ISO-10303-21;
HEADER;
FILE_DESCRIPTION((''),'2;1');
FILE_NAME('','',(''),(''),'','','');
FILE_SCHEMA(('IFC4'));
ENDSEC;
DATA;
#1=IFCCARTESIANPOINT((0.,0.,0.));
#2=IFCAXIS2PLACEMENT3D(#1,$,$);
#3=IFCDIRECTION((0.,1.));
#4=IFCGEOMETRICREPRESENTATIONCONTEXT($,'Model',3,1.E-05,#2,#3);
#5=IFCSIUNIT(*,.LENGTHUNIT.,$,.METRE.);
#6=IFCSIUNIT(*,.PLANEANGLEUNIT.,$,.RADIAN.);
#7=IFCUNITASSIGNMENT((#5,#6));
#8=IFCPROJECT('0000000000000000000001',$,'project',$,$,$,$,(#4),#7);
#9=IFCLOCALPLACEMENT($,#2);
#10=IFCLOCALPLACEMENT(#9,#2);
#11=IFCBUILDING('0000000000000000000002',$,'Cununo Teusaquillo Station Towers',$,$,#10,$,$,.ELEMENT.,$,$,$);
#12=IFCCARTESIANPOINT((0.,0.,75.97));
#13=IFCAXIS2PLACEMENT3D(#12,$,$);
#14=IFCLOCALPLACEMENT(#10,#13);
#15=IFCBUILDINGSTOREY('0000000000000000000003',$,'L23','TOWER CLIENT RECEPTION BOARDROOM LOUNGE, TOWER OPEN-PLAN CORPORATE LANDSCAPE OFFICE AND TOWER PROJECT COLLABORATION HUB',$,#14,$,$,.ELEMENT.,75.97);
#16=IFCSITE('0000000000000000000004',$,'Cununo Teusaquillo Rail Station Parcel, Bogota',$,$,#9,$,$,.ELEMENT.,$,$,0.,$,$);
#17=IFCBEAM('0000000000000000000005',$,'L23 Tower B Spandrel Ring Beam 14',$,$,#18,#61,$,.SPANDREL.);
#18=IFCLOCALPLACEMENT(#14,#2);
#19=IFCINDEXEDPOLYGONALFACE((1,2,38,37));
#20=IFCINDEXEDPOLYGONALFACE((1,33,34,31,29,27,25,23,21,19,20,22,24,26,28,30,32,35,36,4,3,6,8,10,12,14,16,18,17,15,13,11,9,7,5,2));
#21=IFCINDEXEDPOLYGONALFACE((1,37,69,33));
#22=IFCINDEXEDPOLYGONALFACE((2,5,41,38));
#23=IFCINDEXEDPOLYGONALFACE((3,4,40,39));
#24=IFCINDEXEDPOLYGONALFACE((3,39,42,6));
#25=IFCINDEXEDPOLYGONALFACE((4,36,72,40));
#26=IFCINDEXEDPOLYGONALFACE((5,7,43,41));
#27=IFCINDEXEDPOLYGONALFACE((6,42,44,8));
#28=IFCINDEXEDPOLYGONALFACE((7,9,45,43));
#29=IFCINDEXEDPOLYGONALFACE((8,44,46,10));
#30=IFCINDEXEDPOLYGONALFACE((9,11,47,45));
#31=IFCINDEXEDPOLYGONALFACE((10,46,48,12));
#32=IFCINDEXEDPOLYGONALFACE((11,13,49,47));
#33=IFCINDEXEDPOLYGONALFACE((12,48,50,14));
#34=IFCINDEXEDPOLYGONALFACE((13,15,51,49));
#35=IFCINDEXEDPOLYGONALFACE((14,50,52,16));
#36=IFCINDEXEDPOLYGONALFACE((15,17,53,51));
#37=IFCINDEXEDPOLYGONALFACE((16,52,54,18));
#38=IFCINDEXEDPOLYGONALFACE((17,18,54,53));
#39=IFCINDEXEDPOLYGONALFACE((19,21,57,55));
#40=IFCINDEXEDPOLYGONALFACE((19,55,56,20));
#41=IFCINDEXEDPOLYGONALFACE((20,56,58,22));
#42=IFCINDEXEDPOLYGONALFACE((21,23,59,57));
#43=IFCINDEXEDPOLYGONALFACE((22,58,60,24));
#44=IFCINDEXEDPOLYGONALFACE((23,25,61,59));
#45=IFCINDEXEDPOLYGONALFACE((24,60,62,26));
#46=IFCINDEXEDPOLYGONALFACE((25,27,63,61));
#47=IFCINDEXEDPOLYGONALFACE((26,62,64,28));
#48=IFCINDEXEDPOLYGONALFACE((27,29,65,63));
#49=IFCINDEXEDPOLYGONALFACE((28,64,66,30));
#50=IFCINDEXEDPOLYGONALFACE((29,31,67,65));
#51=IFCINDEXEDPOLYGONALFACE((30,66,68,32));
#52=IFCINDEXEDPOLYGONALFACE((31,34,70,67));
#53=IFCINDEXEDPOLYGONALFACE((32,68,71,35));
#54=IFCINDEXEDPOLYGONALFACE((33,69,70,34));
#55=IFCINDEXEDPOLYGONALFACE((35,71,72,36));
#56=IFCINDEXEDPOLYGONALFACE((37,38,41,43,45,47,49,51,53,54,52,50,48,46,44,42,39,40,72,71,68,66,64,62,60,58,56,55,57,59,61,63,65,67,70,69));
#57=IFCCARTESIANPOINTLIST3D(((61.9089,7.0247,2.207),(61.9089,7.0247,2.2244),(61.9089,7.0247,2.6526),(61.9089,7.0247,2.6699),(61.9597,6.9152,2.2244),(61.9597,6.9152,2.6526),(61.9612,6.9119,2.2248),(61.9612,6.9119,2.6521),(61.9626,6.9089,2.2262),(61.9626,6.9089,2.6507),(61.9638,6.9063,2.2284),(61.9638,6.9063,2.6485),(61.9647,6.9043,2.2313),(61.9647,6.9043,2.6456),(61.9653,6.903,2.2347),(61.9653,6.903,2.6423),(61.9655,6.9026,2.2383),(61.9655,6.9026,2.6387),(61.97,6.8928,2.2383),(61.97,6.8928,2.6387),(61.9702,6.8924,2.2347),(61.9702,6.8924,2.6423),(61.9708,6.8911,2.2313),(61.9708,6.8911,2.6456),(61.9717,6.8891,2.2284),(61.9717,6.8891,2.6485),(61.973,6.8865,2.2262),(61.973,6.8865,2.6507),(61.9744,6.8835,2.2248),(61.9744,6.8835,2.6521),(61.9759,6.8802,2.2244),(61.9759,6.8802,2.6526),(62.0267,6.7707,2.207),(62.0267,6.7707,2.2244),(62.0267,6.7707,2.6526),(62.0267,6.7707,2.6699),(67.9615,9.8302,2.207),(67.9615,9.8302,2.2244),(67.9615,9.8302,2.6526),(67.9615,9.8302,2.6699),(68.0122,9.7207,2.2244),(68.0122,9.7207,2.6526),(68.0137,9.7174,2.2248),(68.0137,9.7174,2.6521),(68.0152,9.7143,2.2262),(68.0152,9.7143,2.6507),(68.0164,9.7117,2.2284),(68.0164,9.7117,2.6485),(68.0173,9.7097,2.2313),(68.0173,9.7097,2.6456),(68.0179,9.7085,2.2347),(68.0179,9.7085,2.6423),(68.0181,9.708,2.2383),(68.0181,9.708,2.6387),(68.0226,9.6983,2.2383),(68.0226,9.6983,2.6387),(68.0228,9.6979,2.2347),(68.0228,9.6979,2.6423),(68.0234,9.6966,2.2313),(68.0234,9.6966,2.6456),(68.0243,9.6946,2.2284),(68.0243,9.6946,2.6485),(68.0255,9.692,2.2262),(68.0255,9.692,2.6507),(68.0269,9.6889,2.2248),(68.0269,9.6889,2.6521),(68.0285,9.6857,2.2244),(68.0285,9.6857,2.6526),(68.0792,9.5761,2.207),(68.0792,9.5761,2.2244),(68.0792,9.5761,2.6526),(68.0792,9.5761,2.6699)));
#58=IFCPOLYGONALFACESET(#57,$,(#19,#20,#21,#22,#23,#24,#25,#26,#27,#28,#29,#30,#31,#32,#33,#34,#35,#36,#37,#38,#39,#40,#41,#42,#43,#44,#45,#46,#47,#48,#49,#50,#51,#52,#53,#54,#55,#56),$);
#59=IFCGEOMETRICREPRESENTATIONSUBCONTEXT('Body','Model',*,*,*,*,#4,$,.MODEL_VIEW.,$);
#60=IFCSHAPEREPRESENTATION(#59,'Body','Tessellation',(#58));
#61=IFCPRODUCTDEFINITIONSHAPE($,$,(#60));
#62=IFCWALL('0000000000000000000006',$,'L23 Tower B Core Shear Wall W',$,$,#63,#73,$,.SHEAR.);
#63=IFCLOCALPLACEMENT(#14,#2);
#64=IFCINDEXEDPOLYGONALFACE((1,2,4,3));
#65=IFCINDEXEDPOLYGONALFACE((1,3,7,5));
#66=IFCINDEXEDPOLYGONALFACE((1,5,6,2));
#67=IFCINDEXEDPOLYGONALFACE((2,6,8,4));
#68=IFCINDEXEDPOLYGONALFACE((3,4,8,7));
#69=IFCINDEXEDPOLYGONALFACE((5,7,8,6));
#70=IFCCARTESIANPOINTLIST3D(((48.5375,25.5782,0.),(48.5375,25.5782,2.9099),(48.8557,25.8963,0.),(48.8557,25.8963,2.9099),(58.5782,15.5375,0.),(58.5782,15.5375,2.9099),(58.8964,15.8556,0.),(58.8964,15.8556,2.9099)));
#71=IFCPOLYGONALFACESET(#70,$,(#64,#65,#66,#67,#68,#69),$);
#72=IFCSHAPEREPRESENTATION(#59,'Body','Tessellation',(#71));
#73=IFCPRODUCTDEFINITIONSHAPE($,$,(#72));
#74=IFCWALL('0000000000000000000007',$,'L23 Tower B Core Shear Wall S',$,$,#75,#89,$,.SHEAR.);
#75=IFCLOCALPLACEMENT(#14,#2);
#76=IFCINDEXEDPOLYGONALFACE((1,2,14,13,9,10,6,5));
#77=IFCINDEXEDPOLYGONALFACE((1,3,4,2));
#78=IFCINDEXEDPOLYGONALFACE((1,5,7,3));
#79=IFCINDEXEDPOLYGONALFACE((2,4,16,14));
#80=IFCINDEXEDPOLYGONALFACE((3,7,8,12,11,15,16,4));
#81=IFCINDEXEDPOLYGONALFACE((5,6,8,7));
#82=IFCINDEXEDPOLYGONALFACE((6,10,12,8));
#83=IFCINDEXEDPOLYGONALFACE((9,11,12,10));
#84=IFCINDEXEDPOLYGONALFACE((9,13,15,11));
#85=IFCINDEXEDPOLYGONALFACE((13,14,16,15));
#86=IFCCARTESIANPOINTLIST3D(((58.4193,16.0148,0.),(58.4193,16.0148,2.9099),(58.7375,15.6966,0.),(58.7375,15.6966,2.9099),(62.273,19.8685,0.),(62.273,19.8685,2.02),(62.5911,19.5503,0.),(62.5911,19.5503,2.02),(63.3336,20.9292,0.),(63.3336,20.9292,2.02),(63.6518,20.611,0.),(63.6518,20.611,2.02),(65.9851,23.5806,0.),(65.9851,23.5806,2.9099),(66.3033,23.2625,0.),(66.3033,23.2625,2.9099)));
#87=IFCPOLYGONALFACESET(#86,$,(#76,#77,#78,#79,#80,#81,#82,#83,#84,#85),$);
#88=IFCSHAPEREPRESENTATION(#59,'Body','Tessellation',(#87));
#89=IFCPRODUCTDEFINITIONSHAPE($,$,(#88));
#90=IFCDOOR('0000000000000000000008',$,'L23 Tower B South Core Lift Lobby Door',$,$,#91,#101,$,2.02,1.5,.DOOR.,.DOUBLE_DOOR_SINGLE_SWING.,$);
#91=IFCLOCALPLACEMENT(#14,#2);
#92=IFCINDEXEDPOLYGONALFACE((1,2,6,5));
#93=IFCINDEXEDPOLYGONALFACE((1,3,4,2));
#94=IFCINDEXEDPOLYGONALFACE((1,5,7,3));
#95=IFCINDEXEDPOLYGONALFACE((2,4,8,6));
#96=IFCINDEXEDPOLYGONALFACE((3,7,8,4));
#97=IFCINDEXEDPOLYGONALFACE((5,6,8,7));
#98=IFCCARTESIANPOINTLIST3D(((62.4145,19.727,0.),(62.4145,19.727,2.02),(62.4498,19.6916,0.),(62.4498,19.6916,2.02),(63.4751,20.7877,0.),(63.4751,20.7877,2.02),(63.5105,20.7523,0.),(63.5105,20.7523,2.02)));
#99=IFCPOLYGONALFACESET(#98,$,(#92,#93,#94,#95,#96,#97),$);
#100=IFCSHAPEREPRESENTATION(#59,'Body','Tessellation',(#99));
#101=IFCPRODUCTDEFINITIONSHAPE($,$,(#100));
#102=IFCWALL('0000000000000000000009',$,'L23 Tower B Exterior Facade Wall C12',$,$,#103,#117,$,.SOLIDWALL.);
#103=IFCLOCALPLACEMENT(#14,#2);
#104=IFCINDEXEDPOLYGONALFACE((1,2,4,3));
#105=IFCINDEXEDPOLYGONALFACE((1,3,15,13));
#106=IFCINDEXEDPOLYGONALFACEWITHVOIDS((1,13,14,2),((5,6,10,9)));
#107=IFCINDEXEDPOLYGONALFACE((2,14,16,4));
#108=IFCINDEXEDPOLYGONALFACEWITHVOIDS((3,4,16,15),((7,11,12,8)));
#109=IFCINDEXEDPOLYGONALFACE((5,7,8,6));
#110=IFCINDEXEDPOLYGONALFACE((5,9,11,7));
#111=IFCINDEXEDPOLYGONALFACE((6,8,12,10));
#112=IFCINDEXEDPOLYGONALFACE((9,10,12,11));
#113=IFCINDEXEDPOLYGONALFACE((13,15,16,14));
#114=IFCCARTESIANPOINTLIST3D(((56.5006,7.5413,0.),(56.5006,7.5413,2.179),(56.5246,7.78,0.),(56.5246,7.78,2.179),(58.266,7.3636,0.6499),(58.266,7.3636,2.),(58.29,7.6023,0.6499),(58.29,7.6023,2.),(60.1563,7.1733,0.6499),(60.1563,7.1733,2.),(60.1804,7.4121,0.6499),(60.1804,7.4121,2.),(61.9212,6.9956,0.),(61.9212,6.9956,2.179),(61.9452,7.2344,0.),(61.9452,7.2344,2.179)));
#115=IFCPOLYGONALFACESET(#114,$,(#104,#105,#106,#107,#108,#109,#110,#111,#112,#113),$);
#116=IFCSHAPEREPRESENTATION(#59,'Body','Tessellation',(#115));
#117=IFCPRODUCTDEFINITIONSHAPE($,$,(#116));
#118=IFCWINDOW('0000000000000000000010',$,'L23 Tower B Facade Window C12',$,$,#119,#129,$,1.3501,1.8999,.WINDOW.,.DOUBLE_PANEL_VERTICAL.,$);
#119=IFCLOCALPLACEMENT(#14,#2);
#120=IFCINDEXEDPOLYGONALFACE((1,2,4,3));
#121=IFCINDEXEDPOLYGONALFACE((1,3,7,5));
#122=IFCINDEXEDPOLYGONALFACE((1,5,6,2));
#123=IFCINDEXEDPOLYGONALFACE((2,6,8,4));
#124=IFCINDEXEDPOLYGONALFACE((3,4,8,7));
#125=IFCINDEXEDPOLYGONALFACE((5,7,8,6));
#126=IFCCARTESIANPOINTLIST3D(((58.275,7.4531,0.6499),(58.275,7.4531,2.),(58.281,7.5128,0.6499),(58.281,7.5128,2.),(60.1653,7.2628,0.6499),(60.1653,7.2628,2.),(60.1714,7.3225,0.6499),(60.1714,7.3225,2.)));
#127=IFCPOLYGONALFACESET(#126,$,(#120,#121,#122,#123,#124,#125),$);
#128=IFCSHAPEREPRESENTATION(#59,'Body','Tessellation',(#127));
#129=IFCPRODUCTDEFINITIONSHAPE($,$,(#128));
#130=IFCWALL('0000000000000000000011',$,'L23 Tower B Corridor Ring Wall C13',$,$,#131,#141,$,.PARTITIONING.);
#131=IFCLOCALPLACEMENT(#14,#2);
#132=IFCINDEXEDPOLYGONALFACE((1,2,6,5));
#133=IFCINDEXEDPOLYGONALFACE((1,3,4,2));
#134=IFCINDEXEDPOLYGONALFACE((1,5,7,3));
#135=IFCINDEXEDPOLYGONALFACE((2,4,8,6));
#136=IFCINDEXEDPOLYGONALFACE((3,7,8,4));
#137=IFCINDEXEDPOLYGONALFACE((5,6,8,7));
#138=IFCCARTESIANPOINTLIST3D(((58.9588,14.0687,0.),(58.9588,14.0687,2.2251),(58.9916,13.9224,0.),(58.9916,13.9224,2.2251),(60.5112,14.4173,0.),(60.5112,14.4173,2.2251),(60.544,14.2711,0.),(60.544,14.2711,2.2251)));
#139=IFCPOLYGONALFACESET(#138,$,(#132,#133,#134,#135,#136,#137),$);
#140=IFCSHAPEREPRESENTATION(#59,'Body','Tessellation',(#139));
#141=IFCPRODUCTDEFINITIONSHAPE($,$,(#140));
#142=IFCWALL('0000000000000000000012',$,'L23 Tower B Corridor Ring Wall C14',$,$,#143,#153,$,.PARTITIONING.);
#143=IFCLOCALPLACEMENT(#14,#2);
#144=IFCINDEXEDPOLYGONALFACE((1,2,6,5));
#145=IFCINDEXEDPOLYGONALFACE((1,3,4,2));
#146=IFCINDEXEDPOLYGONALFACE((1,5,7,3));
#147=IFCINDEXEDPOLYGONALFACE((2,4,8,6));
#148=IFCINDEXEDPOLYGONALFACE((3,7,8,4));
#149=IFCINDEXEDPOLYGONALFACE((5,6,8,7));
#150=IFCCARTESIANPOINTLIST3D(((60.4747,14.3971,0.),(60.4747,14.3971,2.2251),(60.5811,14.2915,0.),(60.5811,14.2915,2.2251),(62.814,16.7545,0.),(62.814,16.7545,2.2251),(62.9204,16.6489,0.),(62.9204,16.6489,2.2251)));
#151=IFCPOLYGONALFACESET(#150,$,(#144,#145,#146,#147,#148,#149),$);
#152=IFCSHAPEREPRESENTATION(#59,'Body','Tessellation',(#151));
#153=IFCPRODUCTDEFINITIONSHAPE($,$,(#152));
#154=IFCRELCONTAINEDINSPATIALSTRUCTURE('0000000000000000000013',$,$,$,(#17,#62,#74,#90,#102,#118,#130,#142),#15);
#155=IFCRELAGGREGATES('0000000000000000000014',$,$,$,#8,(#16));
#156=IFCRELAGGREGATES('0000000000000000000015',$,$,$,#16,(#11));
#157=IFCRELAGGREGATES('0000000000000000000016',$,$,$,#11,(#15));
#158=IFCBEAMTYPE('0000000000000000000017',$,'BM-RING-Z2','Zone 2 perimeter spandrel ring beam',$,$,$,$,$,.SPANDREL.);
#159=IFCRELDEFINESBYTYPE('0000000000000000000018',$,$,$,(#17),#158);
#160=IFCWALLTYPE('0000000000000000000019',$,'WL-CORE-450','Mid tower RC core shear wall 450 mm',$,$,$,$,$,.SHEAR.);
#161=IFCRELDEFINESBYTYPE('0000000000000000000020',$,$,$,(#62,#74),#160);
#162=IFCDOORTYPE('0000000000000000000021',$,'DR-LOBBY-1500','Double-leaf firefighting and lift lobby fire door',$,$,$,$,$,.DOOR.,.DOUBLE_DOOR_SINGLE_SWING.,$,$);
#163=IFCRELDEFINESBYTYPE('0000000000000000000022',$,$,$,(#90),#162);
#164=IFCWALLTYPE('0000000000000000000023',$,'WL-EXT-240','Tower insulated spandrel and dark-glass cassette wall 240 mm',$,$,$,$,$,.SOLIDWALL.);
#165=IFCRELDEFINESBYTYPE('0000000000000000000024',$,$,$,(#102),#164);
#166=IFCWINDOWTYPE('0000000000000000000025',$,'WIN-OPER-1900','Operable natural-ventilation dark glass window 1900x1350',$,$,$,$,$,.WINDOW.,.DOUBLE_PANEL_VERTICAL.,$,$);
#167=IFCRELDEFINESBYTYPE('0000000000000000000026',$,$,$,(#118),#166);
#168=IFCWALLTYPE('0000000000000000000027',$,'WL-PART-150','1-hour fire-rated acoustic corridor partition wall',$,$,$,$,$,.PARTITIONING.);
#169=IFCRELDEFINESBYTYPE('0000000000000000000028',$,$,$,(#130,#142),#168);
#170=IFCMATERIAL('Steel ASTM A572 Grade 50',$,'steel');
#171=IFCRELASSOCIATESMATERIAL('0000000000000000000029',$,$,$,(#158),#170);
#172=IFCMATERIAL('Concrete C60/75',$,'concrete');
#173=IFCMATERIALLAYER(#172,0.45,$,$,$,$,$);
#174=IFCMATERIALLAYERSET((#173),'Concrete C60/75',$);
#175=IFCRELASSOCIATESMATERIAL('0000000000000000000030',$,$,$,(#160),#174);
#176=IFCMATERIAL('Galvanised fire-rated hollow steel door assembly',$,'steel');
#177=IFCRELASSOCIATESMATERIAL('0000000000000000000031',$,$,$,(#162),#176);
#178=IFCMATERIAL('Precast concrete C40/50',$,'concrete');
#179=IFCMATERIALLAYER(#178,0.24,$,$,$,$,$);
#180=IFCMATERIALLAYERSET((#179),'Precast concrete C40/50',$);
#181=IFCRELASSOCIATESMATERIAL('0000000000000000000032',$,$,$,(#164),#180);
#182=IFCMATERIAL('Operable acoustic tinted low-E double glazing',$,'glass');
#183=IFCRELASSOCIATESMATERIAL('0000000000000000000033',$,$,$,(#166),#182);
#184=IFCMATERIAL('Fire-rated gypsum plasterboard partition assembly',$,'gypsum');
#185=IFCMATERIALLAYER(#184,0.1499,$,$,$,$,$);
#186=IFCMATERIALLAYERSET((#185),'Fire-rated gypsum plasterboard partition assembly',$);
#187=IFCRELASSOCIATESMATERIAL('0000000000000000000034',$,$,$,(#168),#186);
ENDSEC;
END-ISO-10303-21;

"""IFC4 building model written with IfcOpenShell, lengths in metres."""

from ifc_helpers import new_model, si_unit, direction, frame, frame_2d, origin, origin_2d, place, context, subcontext, project, spatial, rectangle, i_section, extrude, source, transform, mapped, material, layer, layer_set, material_profile, profile_set, type_object, element, fill, save


model = new_model("IFC4")

# Units and contexts
model_context = context("Model", 3, precision=1e-05, world=origin(), true_north=direction((0.0, 1.0)))
body_context = subcontext(model_context, "Body", "Model", "MODEL_VIEW")
ifc_project = project(units=[si_unit("LENGTHUNIT", "METRE"), si_unit("PLANEANGLEUNIT", "RADIAN")], contexts=[model_context])

# Site, building, storey
site_placement = place(None, origin())
site = spatial("IfcSite", under=ifc_project, at=site_placement, Name="Cununo Teusaquillo Rail Station Parcel, Bogota", CompositionType="ELEMENT", RefElevation=0.0)
building_placement = place(site_placement, origin())
building = spatial("IfcBuilding", under=site, at=building_placement, Name="Cununo Teusaquillo Station Towers", CompositionType="ELEMENT")
storey_placement = place(building_placement, frame((0.0, 0.0, 75.97)))
storey = spatial("IfcBuildingStorey", under=building, at=storey_placement, Name="L23", Description="TOWER CLIENT RECEPTION BOARDROOM LOUNGE, TOWER OPEN-PLAN CORPORATE LANDSCAPE OFFICE AND TOWER PROJECT COLLABORATION HUB", CompositionType="ELEMENT", Elevation=75.97)

# Beam
ifc_material_1 = material(Name="Steel ASTM A572 Grade 50", Category="steel")
ifc_material_profile_1 = material_profile(ifc_material_1, i_section(OverallWidth=0.28, OverallDepth=0.4629, WebThickness=0.0107, FlangeThickness=0.0173, FilletRadius=0.0139, at=origin_2d()), Name="W18X76")
ifc_profile_set_1 = profile_set([ifc_material_profile_1], Name="Steel ASTM A572 Grade 50")
beam_type_1 = type_object("IfcBeamType", Name="BM-RING-Z2", Description="Zone 2 perimeter spandrel ring beam", PredefinedType="SPANDREL", material=ifc_profile_set_1)
beam_1_placement = place(storey_placement, frame((61.9678, 6.8977, 2.4385), z_axis=(0.907276, 0.420536, 0.0), x_axis=(-0.420536, 0.907276, 0.0)))
element("IfcBeam", 1, at=beam_1_placement, inside=storey, type_object=beam_type_1, Name="L23 Tower B Spandrel Ring Beam 14", PredefinedType="SPANDREL", context=body_context, shape_type="SweptSolid", body=[
    extrude(i_section(OverallWidth=0.28, OverallDepth=0.4629, WebThickness=0.0107, FlangeThickness=0.0173, FilletRadius=0.0139, at=origin_2d()), origin(), (0.0, 0.0, 1.0), 6.6711),
])

# Wall
ifc_material_2 = material(Name="Concrete C60/75", Category="concrete")
ifc_layer_1 = layer(ifc_material_2, 0.45)
ifc_layer_set_1 = layer_set([ifc_layer_1], Name="Concrete C60/75")
wall_type_1 = type_object("IfcWallType", Name="WL-CORE-450", Description="Mid tower RC core shear wall 450 mm", PredefinedType="SHEAR", material=ifc_layer_set_1)
wall_1_placement = place(storey_placement, frame((58.7373, 15.6965, 0.0), z_axis=(0.0, 0.0, 1.0), x_axis=(-0.707107, 0.707107, 0.0)))
element("IfcWall", 2, at=wall_1_placement, inside=storey, type_object=wall_type_1, Name="L23 Tower B Core Shear Wall W", PredefinedType="SHEAR", context=body_context, shape_type="SweptSolid", body=[
    extrude(rectangle(XDim=14.1997, YDim=0.45, at=frame_2d((7.0999, 0.0))), origin(), (0.0, 0.0, 1.0), 2.9099),
])

# Wall, opening, door
wall_2_placement = place(storey_placement, frame((58.5784, 15.8557, 0.0), z_axis=(0.0, 0.0, 1.0), x_axis=(0.707107, 0.707107, 0.0)))
wall_2 = element("IfcWall", 3, at=wall_2_placement, inside=storey, type_object=wall_type_1, Name="L23 Tower B Core Shear Wall S", PredefinedType="SHEAR", context=body_context, shape_type="SweptSolid", body=[
    extrude(rectangle(XDim=10.6997, YDim=0.45, at=frame_2d((5.3499, 0.0))), origin(), (0.0, 0.0, 1.0), 2.9099),
])
shared_shape_1 = source(origin(), body_context, "Body", "SweptSolid", [
    extrude(rectangle(XDim=1.5, YDim=2.02, at=frame_2d((0.75, 1.01))), frame((0.0, 0.2349, 0.0), z_axis=(0.0, -1.0, 0.0), x_axis=(1.0, 0.0, 0.0)), (0.0, 0.0, 1.0), 0.47),
])
opening_1_placement = place(wall_2_placement, frame((5.45, 0.0, 0.0)))
opening_1 = element("IfcOpeningElement", 4, at=opening_1_placement, cuts=wall_2, PredefinedType="OPENING", context=body_context, shape_type="MappedRepresentation", body=[
    mapped(shared_shape_1, transform((0.0, 0.0, 0.0), x_axis=(1.0, 0.0, 0.0), y_axis=(0.0, 1.0, 0.0), z_axis=(0.0, 0.0, 1.0), scale=1.0)),
])
ifc_material_3 = material(Name="Galvanised fire-rated hollow steel door assembly", Category="steel")
door_type = type_object("IfcDoorType", Name="DR-LOBBY-1500", Description="Double-leaf firefighting and lift lobby fire door", OperationType="DOUBLE_DOOR_SINGLE_SWING", PredefinedType="DOOR", material=ifc_material_3)
shared_shape_2 = source(origin(), body_context, "Body", "SweptSolid", [
    extrude(rectangle(XDim=1.5, YDim=2.02, at=frame_2d((0.75, 1.01))), frame((0.0, 0.0249, 0.0), z_axis=(0.0, -1.0, 0.0), x_axis=(1.0, 0.0, 0.0)), (0.0, 0.0, 1.0), 0.05),
])
door_placement = place(opening_1_placement, origin())
door = element("IfcDoor", 5, at=door_placement, inside=storey, type_object=door_type, Name="L23 Tower B South Core Lift Lobby Door", OperationType="DOUBLE_DOOR_SINGLE_SWING", OverallHeight=2.02, OverallWidth=1.5, PredefinedType="DOOR", context=body_context, shape_type="MappedRepresentation", body=[
    mapped(shared_shape_2, transform((0.0, 0.0, 0.0), x_axis=(1.0, 0.0, 0.0), y_axis=(0.0, 1.0, 0.0), z_axis=(0.0, 0.0, 1.0), scale=1.0)),
])
fill(opening_1, door)

# Wall, opening, window
ifc_material_4 = material(Name="Precast concrete C40/50", Category="concrete")
ifc_layer_2 = layer(ifc_material_4, 0.24)
ifc_layer_set_2 = layer_set([ifc_layer_2], Name="Precast concrete C40/50")
wall_type_2 = type_object("IfcWallType", Name="WL-EXT-240", Description="Tower insulated spandrel and dark-glass cassette wall 240 mm", PredefinedType="SOLIDWALL", material=ifc_layer_set_2)
wall_3_placement = place(storey_placement, frame((61.9333, 7.115, 0.0), z_axis=(0.0, 0.0, 1.0), x_axis=(-0.994972, 0.100156, 0.0)))
wall_3 = element("IfcWall", 6, at=wall_3_placement, inside=storey, type_object=wall_type_2, Name="L23 Tower B Exterior Facade Wall C12", PredefinedType="SOLIDWALL", context=body_context, shape_type="SweptSolid", body=[
    extrude(rectangle(XDim=5.448, YDim=0.24, at=frame_2d((2.7241, 0.0))), origin(), (0.0, 0.0, 1.0), 2.179),
])
shared_shape_3 = source(origin(), body_context, "Body", "SweptSolid", [
    extrude(rectangle(XDim=1.8999, YDim=1.3501, at=frame_2d((0.95, 0.675))), frame((0.0, 0.1299, 0.0), z_axis=(0.0, -1.0, 0.0), x_axis=(1.0, 0.0, 0.0)), (0.0, 0.0, 1.0), 0.26),
])
opening_2_placement = place(wall_3_placement, frame((1.7739, 0.0, 0.6499)))
opening_2 = element("IfcOpeningElement", 7, at=opening_2_placement, cuts=wall_3, PredefinedType="OPENING", context=body_context, shape_type="MappedRepresentation", body=[
    mapped(shared_shape_3, transform((0.0, 0.0, 0.0), x_axis=(1.0, 0.0, 0.0), y_axis=(0.0, 1.0, 0.0), z_axis=(0.0, 0.0, 1.0), scale=1.0)),
])
ifc_material_5 = material(Name="Operable acoustic tinted low-E double glazing", Category="glass")
window_type = type_object("IfcWindowType", Name="WIN-OPER-1900", Description="Operable natural-ventilation dark glass window 1900x1350", PartitioningType="DOUBLE_PANEL_VERTICAL", PredefinedType="WINDOW", material=ifc_material_5)
shared_shape_4 = source(origin(), body_context, "Body", "SweptSolid", [
    extrude(rectangle(XDim=1.8999, YDim=1.3501, at=frame_2d((0.95, 0.675))), frame((0.0, 0.03, 0.0), z_axis=(0.0, -1.0, 0.0), x_axis=(1.0, 0.0, 0.0)), (0.0, 0.0, 1.0), 0.0601),
])
window_placement = place(opening_2_placement, origin())
window = element("IfcWindow", 8, at=window_placement, inside=storey, type_object=window_type, Name="L23 Tower B Facade Window C12", OverallHeight=1.3501, OverallWidth=1.8999, PartitioningType="DOUBLE_PANEL_VERTICAL", PredefinedType="WINDOW", context=body_context, shape_type="MappedRepresentation", body=[
    mapped(shared_shape_4, transform((0.0, 0.0, 0.0), x_axis=(1.0, 0.0, 0.0), y_axis=(0.0, 1.0, 0.0), z_axis=(0.0, 0.0, 1.0), scale=1.0)),
])
fill(opening_2, window)

# Walls
ifc_material_6 = material(Name="Fire-rated gypsum plasterboard partition assembly", Category="gypsum")
ifc_layer_3 = layer(ifc_material_6, 0.1499)
ifc_layer_set_3 = layer_set([ifc_layer_3], Name="Fire-rated gypsum plasterboard partition assembly")
wall_type_3 = type_object("IfcWallType", Name="WL-PART-150", Description="1-hour fire-rated acoustic corridor partition wall", PredefinedType="PARTITIONING", material=ifc_layer_set_3)
wall_4_placement = place(storey_placement, frame((58.9753, 13.9956, 0.0), z_axis=(0.0, 0.0, 1.0), x_axis=(0.975701, 0.219107, 0.0)))
element("IfcWall", 9, at=wall_4_placement, inside=storey, type_object=wall_type_3, Name="L23 Tower B Corridor Ring Wall C13", PredefinedType="PARTITIONING", context=body_context, shape_type="SweptSolid", body=[
    extrude(rectangle(XDim=1.5911, YDim=0.1499, at=frame_2d((0.7954, 0.0))), origin(), (0.0, 0.0, 1.0), 2.2251),
])
wall_5_placement = place(storey_placement, frame((60.5278, 14.3442, 0.0), z_axis=(0.0, 0.0, 1.0), x_axis=(0.704382, 0.709821, 0.0)))
element("IfcWall", 10, at=wall_5_placement, inside=storey, type_object=wall_type_3, Name="L23 Tower B Corridor Ring Wall C14", PredefinedType="PARTITIONING", context=body_context, shape_type="SweptSolid", body=[
    extrude(rectangle(XDim=3.321, YDim=0.1499, at=frame_2d((1.6606, 0.0))), origin(), (0.0, 0.0, 1.0), 2.2251),
])

save(model, "model.ifc")
